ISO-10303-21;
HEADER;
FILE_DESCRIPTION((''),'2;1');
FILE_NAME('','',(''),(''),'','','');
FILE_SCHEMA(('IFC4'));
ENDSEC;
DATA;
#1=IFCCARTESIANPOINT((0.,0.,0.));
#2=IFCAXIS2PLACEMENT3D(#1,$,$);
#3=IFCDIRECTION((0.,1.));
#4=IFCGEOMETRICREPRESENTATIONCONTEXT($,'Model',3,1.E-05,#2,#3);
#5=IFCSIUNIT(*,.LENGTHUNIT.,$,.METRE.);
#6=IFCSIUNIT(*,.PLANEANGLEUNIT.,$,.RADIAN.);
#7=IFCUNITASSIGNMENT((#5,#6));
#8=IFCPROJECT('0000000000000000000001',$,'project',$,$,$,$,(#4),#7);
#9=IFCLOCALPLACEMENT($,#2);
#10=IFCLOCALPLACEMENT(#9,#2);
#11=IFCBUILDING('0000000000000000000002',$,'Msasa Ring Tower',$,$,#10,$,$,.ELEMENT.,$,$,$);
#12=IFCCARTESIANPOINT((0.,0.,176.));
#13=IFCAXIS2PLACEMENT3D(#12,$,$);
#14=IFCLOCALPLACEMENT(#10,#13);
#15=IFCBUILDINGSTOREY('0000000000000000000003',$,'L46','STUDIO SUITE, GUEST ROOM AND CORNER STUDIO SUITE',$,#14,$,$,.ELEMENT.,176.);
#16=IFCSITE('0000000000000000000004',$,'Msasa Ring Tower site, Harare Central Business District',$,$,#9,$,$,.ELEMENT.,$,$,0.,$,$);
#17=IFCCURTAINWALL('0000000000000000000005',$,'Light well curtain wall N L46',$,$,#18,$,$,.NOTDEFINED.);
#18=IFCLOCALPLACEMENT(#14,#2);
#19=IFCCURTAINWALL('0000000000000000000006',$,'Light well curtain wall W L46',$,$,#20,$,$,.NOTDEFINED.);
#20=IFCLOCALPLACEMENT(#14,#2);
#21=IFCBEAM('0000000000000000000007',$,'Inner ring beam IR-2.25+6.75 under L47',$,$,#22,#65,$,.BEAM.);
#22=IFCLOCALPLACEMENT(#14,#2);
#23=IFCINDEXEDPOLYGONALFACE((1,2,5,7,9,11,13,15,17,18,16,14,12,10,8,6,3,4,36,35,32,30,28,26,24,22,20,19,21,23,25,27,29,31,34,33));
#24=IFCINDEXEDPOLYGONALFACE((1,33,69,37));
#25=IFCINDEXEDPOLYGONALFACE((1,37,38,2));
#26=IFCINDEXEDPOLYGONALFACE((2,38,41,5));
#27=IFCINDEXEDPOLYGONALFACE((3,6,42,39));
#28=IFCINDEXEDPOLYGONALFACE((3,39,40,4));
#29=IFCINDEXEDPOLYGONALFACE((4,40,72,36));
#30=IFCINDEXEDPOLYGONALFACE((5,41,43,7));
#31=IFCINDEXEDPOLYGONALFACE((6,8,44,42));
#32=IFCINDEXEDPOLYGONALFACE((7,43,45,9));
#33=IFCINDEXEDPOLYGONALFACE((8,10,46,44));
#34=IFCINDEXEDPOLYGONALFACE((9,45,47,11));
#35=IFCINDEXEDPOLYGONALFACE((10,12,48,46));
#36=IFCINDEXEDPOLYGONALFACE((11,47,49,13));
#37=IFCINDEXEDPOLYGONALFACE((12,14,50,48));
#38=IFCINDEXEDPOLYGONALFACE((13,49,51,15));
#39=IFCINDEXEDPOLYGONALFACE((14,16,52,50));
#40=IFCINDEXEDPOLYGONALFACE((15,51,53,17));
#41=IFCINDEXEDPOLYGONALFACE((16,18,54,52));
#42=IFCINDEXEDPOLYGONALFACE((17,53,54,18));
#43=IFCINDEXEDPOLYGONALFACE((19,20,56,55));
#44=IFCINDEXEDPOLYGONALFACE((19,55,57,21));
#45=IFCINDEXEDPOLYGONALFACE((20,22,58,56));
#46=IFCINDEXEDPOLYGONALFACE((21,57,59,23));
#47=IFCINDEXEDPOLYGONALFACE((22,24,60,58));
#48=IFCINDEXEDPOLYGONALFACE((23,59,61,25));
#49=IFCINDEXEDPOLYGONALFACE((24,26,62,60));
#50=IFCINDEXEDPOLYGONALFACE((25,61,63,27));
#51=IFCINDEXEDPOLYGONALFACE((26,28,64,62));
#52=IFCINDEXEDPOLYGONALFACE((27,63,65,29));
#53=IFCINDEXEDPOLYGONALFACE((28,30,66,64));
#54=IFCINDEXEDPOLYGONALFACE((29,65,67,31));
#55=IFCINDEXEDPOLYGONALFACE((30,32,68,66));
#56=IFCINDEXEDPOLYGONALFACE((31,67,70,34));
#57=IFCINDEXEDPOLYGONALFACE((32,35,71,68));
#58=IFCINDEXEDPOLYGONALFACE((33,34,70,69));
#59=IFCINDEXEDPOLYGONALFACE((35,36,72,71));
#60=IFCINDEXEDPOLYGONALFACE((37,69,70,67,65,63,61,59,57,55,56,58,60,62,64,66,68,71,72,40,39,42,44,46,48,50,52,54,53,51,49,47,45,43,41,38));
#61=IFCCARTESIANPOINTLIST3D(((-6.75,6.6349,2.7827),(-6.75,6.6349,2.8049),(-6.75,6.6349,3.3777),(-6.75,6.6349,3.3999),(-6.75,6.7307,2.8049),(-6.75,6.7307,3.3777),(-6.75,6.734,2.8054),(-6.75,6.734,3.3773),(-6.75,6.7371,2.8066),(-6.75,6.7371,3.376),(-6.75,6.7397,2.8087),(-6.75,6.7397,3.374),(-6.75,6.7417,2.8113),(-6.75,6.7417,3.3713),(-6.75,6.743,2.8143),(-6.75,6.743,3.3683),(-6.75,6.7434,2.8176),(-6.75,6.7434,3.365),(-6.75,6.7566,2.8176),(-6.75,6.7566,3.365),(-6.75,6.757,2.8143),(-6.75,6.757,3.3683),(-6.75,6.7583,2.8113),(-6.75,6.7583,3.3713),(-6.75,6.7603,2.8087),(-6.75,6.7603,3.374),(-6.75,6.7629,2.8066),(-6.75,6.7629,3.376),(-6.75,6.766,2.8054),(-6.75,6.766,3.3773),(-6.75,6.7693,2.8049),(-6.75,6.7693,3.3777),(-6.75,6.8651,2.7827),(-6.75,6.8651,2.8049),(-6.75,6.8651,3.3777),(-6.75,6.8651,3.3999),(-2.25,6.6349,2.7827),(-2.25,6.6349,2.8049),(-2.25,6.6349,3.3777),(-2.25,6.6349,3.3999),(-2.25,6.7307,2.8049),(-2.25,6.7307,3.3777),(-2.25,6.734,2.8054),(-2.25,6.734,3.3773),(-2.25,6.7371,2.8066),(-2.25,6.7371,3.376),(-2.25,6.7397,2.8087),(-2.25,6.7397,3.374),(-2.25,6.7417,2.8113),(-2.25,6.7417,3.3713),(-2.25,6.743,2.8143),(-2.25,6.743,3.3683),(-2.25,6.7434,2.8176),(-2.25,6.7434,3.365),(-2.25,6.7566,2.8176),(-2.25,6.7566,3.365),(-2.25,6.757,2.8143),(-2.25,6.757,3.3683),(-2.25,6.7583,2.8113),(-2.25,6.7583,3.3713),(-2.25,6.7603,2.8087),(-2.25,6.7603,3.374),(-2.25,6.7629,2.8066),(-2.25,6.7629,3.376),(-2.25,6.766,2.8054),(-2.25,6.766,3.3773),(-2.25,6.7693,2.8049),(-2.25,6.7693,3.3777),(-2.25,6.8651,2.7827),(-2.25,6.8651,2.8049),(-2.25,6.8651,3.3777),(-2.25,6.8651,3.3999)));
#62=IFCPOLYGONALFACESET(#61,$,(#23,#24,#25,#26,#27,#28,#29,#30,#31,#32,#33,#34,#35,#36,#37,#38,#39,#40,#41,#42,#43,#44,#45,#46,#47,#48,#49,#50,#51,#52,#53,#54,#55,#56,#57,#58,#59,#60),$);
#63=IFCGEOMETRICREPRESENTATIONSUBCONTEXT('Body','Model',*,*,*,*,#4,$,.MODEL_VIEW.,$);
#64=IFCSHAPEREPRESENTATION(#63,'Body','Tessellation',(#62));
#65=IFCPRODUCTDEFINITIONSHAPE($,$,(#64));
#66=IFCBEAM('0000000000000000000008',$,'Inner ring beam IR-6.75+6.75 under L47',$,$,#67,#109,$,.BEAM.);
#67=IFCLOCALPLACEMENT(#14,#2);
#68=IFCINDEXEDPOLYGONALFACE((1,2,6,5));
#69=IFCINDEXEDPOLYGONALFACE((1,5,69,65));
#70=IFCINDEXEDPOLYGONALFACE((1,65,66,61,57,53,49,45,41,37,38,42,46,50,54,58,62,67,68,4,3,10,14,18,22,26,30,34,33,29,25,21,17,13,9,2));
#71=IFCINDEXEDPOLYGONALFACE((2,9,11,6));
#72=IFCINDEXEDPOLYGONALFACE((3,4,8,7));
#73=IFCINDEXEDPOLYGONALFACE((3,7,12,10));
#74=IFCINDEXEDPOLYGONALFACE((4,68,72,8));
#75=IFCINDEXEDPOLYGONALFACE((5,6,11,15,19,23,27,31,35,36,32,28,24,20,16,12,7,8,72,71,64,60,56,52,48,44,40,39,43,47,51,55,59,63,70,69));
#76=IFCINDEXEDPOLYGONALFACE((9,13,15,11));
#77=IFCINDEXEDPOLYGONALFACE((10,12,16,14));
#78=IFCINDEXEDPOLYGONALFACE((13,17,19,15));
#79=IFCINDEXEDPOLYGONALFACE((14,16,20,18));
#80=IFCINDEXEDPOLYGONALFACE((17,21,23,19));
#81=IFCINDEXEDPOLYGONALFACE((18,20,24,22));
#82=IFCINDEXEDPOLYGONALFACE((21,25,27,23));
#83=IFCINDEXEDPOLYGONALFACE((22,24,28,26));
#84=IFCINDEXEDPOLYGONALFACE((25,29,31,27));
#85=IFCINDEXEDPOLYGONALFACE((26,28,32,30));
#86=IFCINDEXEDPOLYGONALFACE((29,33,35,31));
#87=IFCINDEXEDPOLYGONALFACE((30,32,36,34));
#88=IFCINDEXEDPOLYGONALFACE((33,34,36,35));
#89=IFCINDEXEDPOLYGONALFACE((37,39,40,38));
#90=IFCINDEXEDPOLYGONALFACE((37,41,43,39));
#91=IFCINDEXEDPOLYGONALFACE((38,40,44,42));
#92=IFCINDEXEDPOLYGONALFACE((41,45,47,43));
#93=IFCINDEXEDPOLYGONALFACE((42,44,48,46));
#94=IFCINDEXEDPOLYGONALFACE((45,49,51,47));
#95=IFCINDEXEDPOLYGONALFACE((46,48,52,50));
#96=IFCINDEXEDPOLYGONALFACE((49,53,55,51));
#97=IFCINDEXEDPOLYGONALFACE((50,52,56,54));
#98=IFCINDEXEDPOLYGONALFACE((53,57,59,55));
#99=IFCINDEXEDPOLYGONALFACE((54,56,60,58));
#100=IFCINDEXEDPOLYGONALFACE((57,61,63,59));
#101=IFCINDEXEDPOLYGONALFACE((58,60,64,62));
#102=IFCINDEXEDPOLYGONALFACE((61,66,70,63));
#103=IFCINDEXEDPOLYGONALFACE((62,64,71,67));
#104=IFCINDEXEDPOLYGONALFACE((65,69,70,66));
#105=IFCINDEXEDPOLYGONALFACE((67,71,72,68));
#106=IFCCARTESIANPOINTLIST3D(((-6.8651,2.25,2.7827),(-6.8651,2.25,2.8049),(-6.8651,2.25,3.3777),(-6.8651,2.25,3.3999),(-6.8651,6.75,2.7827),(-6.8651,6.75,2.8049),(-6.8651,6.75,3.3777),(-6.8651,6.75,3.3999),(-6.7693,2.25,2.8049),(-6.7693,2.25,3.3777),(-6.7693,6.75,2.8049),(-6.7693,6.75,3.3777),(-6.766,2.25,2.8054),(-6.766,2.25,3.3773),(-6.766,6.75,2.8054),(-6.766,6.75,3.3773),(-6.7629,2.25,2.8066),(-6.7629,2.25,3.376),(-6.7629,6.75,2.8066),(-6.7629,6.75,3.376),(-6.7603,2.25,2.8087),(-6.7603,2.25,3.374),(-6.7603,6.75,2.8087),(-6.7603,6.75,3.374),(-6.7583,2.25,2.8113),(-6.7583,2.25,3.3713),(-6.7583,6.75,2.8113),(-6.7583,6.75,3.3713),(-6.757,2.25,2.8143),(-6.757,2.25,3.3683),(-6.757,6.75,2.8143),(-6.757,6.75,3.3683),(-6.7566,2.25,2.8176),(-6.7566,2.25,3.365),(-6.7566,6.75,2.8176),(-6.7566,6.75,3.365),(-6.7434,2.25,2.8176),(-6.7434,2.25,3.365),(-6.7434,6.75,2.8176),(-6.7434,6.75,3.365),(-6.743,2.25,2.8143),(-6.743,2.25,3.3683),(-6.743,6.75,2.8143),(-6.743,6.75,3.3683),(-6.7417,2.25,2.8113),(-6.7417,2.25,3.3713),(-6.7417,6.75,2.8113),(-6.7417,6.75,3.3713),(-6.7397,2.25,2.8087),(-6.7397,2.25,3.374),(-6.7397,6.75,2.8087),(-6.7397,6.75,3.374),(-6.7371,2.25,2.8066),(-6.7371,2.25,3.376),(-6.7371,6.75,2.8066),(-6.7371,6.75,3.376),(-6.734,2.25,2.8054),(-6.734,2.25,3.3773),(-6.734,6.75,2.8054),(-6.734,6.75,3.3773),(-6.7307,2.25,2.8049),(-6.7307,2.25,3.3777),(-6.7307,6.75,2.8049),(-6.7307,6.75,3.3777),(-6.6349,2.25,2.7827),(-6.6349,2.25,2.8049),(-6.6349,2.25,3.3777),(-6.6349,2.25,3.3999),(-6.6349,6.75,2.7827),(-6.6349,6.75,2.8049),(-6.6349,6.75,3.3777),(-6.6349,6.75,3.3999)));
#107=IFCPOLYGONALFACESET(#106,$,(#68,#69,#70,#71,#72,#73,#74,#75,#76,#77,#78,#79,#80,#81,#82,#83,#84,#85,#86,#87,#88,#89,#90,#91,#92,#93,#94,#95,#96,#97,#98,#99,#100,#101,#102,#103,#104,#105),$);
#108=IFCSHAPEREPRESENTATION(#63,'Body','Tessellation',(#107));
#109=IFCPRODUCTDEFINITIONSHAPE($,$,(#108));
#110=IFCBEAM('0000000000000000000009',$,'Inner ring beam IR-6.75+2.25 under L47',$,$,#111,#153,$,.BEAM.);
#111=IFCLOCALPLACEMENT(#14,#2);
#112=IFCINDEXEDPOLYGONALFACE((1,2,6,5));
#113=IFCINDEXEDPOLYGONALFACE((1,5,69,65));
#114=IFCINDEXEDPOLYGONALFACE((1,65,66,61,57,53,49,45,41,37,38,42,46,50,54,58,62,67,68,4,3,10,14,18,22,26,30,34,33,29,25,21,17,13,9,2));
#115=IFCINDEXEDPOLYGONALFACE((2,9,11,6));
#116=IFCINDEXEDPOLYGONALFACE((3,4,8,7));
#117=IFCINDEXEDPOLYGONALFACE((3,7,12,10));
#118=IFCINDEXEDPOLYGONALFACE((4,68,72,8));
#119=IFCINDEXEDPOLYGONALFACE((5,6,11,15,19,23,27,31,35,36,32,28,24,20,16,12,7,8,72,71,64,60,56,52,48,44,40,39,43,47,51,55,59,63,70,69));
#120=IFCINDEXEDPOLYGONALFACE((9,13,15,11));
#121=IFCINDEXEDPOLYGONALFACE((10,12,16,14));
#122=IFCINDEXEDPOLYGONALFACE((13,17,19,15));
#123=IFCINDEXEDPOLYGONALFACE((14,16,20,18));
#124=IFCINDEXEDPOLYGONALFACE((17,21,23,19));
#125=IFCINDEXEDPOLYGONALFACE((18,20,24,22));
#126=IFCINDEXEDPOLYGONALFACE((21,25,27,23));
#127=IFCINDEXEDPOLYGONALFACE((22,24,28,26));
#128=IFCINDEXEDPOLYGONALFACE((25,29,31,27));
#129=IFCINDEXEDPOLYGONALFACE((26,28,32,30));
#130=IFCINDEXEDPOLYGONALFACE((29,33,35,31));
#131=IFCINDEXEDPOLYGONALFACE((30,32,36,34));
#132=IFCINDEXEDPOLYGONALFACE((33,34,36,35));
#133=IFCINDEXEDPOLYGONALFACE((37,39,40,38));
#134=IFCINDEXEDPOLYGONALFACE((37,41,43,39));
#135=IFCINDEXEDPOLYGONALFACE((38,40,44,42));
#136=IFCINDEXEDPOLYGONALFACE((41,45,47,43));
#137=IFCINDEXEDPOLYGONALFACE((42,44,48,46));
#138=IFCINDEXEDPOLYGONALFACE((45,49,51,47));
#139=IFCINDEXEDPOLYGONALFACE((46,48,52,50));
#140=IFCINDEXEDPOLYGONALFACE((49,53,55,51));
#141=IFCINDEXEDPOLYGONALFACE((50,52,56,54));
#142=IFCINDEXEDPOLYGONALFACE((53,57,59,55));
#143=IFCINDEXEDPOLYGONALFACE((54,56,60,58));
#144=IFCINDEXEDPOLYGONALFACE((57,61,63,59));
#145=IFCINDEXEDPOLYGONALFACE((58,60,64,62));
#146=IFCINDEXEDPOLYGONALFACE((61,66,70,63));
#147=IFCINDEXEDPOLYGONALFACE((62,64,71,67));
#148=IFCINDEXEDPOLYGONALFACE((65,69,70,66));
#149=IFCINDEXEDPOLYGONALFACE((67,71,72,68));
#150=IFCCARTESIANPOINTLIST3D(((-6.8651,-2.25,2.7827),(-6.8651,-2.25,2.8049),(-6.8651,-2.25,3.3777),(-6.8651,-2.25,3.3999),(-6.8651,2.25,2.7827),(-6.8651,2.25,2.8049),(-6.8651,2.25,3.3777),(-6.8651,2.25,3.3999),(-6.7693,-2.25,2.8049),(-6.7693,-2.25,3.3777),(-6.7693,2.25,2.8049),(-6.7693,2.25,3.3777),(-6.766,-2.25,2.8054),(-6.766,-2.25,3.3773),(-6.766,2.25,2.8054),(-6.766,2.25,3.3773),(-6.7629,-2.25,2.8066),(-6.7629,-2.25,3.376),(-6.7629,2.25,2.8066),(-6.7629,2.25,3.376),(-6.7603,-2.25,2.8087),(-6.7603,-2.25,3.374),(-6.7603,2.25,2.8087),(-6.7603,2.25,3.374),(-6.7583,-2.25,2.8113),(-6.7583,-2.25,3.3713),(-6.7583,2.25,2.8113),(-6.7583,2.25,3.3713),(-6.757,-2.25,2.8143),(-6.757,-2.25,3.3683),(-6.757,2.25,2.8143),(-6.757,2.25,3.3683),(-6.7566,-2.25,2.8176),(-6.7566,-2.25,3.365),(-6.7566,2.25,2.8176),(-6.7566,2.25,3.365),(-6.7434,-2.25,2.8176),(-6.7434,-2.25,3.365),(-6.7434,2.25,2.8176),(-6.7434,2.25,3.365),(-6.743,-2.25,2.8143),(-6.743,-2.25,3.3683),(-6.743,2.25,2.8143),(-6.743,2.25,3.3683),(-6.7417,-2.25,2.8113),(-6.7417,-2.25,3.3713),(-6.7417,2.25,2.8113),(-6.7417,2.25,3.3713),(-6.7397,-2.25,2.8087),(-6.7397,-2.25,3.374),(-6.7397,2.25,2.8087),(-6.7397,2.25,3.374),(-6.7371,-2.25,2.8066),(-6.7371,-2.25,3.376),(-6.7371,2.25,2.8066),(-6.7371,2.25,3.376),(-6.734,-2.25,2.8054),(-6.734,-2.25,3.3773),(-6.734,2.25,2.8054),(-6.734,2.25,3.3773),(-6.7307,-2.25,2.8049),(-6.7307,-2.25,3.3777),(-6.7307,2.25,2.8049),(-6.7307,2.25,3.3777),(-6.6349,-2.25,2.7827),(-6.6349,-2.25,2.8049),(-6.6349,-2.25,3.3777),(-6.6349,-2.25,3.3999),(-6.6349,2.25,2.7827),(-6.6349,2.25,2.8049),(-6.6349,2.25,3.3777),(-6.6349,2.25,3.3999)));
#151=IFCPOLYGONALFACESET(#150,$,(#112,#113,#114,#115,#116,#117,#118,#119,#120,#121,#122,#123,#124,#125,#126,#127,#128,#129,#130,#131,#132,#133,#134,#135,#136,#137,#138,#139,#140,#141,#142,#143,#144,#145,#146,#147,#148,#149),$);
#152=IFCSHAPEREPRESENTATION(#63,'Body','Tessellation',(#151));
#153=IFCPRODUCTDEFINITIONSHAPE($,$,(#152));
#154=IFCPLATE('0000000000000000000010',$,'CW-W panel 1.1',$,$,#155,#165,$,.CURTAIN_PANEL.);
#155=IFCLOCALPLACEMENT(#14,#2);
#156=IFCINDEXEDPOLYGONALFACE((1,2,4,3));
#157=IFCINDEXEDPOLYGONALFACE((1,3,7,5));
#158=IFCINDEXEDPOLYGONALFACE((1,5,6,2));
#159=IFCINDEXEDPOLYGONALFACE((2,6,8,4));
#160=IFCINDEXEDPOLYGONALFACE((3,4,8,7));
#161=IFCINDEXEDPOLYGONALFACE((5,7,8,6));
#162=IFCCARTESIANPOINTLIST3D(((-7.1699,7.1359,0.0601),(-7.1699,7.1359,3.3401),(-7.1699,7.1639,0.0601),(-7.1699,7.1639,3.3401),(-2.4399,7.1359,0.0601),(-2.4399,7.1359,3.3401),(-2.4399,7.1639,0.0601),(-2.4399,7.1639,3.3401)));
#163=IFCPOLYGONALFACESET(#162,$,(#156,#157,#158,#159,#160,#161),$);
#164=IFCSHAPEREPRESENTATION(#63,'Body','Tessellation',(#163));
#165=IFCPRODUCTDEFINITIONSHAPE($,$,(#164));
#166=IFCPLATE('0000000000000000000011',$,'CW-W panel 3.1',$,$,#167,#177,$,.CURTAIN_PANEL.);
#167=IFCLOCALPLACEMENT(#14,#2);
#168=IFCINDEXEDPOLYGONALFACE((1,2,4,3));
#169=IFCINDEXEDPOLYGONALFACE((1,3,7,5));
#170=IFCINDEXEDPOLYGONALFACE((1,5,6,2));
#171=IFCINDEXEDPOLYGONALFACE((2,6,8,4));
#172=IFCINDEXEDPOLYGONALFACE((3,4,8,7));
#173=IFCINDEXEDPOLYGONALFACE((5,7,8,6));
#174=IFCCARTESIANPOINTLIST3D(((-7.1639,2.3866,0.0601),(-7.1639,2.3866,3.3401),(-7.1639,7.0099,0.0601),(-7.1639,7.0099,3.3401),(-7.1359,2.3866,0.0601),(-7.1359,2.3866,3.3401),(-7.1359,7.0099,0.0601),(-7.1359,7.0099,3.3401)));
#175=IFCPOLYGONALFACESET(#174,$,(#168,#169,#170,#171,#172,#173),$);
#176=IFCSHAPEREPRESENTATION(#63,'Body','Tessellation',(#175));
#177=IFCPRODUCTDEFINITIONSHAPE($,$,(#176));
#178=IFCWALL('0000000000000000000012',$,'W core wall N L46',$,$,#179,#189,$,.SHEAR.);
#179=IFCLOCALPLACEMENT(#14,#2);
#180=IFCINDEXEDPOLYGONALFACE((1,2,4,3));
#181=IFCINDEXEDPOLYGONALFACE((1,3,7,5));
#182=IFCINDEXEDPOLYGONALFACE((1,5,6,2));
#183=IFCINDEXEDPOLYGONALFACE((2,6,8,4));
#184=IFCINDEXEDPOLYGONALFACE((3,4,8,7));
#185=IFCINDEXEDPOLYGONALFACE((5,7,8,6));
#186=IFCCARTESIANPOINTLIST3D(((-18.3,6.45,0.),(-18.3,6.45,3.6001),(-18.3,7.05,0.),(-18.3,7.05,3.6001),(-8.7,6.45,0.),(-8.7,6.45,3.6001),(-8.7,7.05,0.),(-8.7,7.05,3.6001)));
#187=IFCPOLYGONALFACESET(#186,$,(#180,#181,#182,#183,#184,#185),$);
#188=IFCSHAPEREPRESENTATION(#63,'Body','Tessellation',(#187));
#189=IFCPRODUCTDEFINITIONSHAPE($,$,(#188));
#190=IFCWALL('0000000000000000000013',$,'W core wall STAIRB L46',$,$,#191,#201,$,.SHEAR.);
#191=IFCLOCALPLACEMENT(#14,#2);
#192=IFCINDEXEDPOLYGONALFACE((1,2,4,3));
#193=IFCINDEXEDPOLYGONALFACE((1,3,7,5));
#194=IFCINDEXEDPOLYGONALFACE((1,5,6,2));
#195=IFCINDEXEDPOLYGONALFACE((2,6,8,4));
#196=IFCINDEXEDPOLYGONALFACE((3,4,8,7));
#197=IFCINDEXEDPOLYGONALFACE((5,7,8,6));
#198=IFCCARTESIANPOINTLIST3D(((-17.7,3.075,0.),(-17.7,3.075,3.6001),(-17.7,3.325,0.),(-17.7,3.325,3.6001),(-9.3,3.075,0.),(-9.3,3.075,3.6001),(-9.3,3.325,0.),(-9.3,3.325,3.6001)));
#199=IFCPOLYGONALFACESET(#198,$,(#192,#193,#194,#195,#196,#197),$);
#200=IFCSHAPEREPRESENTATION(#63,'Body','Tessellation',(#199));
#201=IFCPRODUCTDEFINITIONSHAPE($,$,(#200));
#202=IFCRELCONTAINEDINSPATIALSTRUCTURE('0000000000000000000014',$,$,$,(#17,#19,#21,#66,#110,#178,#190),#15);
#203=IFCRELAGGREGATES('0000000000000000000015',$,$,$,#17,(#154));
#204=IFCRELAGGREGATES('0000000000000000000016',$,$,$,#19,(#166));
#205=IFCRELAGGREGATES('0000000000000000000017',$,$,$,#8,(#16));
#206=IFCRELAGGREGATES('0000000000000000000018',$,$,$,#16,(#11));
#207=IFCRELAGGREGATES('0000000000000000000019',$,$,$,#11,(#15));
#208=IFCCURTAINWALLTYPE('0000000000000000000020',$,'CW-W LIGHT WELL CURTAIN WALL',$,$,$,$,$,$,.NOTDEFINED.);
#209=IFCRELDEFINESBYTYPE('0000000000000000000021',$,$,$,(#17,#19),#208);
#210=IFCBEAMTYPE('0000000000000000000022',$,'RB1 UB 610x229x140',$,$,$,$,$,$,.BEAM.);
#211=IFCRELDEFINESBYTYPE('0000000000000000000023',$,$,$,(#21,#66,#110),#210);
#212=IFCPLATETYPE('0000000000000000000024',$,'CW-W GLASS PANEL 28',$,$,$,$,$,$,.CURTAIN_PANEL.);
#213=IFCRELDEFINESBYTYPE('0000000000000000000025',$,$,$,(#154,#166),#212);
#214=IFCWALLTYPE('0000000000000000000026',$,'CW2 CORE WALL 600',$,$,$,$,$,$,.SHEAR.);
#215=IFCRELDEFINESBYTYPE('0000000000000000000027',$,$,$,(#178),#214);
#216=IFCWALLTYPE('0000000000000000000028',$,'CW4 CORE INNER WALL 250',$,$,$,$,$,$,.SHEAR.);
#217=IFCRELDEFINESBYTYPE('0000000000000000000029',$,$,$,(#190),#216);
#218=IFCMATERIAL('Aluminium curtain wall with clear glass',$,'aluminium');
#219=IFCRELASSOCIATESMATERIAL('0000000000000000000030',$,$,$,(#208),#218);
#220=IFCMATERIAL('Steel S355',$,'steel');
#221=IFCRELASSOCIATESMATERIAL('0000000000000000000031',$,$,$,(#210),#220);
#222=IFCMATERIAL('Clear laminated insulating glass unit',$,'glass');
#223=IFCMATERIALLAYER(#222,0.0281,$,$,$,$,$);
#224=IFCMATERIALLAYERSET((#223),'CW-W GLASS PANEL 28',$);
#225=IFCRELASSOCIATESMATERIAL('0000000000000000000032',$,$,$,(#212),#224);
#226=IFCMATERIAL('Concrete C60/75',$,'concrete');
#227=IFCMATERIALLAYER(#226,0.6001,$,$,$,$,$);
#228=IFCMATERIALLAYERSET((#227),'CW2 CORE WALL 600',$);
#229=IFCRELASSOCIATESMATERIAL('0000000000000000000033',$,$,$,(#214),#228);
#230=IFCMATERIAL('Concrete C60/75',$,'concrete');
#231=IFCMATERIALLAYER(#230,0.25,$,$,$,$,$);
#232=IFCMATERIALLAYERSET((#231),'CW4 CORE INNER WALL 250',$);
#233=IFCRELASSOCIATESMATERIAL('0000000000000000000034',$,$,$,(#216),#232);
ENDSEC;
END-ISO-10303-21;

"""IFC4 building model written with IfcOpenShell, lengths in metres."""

from ifc_helpers import new_model, si_unit, direction, frame, frame_2d, origin, origin_2d, place, context, subcontext, project, spatial, rectangle, i_section, extrude, material, layer, layer_set, material_profile, profile_set, type_object, element, aggregate, save


model = new_model("IFC4")

# Units and contexts
model_context = context("Model", 3, precision=1e-05, world=origin(), true_north=direction((0.0, 1.0)))
body_context = subcontext(model_context, "Body", "Model", "MODEL_VIEW")
ifc_project = project(units=[si_unit("LENGTHUNIT", "METRE"), si_unit("PLANEANGLEUNIT", "RADIAN")], contexts=[model_context])

# Site, building, storey
site_placement = place(None, origin())
site = spatial("IfcSite", under=ifc_project, at=site_placement, Name="Msasa Ring Tower site, Harare Central Business District", CompositionType="ELEMENT", RefElevation=0.0)
building_placement = place(site_placement, origin())
building = spatial("IfcBuilding", under=site, at=building_placement, Name="Msasa Ring Tower", CompositionType="ELEMENT")
storey_placement = place(building_placement, frame((0.0, 0.0, 176.0)))
storey = spatial("IfcBuildingStorey", under=building, at=storey_placement, Name="L46", Description="STUDIO SUITE, GUEST ROOM AND CORNER STUDIO SUITE", CompositionType="ELEMENT", Elevation=176.0)

# Curtain walls
ifc_material_1 = material(Name="Aluminium curtain wall with clear glass", Category="aluminium")
curtain_wall_type = type_object("IfcCurtainWallType", Name="CW-W LIGHT WELL CURTAIN WALL", PredefinedType="NOTDEFINED", material=ifc_material_1)
curtain_wall_1_placement = place(storey_placement, origin())
curtain_wall_1 = element("IfcCurtainWall", 1, at=curtain_wall_1_placement, inside=storey, type_object=curtain_wall_type, Name="Light well curtain wall N L46", PredefinedType="NOTDEFINED")
curtain_wall_2_placement = place(storey_placement, origin())
curtain_wall_2 = element("IfcCurtainWall", 2, at=curtain_wall_2_placement, inside=storey, type_object=curtain_wall_type, Name="Light well curtain wall W L46", PredefinedType="NOTDEFINED")

# Beams
ifc_material_2 = material(Name="Steel S355", Category="steel")
ifc_material_profile_1 = material_profile(ifc_material_2, i_section(OverallWidth=0.2302, OverallDepth=0.6172, WebThickness=0.0132, FlangeThickness=0.0222, FilletRadius=0.0127, at=origin_2d()), Name="UB 610x229x140")
ifc_profile_set_1 = profile_set([ifc_material_profile_1], Name="Steel S355")
beam_type = type_object("IfcBeamType", Name="RB1 UB 610x229x140", PredefinedType="BEAM", material=ifc_profile_set_1)
for number, where, z_axis, x_axis, name in (
    (3, (-2.25, 6.75, 3.0913), (-1.0, 0.0, 0.0), (0.0, -1.0, 0.0), "Inner ring beam IR-2.25+6.75 under L47"),
    (4, (-6.75, 6.75, 3.0913), (0.0, -1.0, 0.0), (1.0, 0.0, 0.0), "Inner ring beam IR-6.75+6.75 under L47"),
    (5, (-6.75, 2.25, 3.0913), (0.0, -1.0, 0.0), (1.0, 0.0, 0.0), "Inner ring beam IR-6.75+2.25 under L47"),
):
    element("IfcBeam", number, at=place(storey_placement, frame(where, z_axis=z_axis, x_axis=x_axis)), inside=storey, type_object=beam_type, Name=name, PredefinedType="BEAM", context=body_context, shape_type="SweptSolid", body=[
        extrude(i_section(OverallWidth=0.2302, OverallDepth=0.6172, WebThickness=0.0132, FlangeThickness=0.0222, FilletRadius=0.0127, at=origin_2d()), origin(), (0.0, 0.0, 1.0), 4.5),
    ])

# Plates
ifc_material_3 = material(Name="Clear laminated insulating glass unit", Category="glass")
ifc_layer_1 = layer(ifc_material_3, 0.0281)
ifc_layer_set_1 = layer_set([ifc_layer_1], Name="CW-W GLASS PANEL 28")
plate_type = type_object("IfcPlateType", Name="CW-W GLASS PANEL 28", PredefinedType="CURTAIN_PANEL", material=ifc_layer_set_1)
plate_1_placement = place(storey_placement, frame((-4.8049, 7.1499, 0.0601), z_axis=(0.0, 0.0, 1.0), x_axis=(1.0, 0.0, 0.0)))
plate_1 = element("IfcPlate", 6, at=plate_1_placement, type_object=plate_type, Name="CW-W panel 1.1", PredefinedType="CURTAIN_PANEL", context=body_context, shape_type="SweptSolid", body=[
    extrude(rectangle(XDim=4.73, YDim=0.0281, at=origin_2d()), origin(), (0.0, 0.0, 1.0), 3.28),
])
aggregate(curtain_wall_1, [plate_1])
plate_2_placement = place(storey_placement, frame((-7.1499, 4.6982, 0.0601), z_axis=(0.0, 0.0, 1.0), x_axis=(0.0, 1.0, 0.0)))
plate_2 = element("IfcPlate", 7, at=plate_2_placement, type_object=plate_type, Name="CW-W panel 3.1", PredefinedType="CURTAIN_PANEL", context=body_context, shape_type="SweptSolid", body=[
    extrude(rectangle(XDim=4.6233, YDim=0.0281, at=origin_2d()), origin(), (0.0, 0.0, 1.0), 3.28),
])
aggregate(curtain_wall_2, [plate_2])

# Walls
ifc_material_4 = material(Name="Concrete C60/75", Category="concrete")
ifc_layer_2 = layer(ifc_material_4, 0.6001)
ifc_layer_set_2 = layer_set([ifc_layer_2], Name="CW2 CORE WALL 600")
wall_type_1 = type_object("IfcWallType", Name="CW2 CORE WALL 600", PredefinedType="SHEAR", material=ifc_layer_set_2)
wall_1_placement = place(storey_placement, frame((-8.7, 6.75, 0.0), z_axis=(0.0, 0.0, 1.0), x_axis=(-1.0, 0.0, 0.0)))
element("IfcWall", 8, at=wall_1_placement, inside=storey, type_object=wall_type_1, Name="W core wall N L46", PredefinedType="SHEAR", context=body_context, shape_type="SweptSolid", body=[
    extrude(rectangle(XDim=9.6001, YDim=0.6001, at=frame_2d((4.8, 0.0))), origin(), (0.0, 0.0, 1.0), 3.6001),
])
ifc_material_5 = material(Name="Concrete C60/75", Category="concrete")
ifc_layer_3 = layer(ifc_material_5, 0.25)
ifc_layer_set_3 = layer_set([ifc_layer_3], Name="CW4 CORE INNER WALL 250")
wall_type_2 = type_object("IfcWallType", Name="CW4 CORE INNER WALL 250", PredefinedType="SHEAR", material=ifc_layer_set_3)
wall_2_placement = place(storey_placement, frame((-9.3, 3.2, 0.0), z_axis=(0.0, 0.0, 1.0), x_axis=(-1.0, 0.0, 0.0)))
element("IfcWall", 9, at=wall_2_placement, inside=storey, type_object=wall_type_2, Name="W core wall STAIRB L46", PredefinedType="SHEAR", context=body_context, shape_type="SweptSolid", body=[
    extrude(rectangle(XDim=8.3999, YDim=0.25, at=frame_2d((4.2, 0.0))), origin(), (0.0, 0.0, 1.0), 3.6001),
])

save(model, "model.ifc")
